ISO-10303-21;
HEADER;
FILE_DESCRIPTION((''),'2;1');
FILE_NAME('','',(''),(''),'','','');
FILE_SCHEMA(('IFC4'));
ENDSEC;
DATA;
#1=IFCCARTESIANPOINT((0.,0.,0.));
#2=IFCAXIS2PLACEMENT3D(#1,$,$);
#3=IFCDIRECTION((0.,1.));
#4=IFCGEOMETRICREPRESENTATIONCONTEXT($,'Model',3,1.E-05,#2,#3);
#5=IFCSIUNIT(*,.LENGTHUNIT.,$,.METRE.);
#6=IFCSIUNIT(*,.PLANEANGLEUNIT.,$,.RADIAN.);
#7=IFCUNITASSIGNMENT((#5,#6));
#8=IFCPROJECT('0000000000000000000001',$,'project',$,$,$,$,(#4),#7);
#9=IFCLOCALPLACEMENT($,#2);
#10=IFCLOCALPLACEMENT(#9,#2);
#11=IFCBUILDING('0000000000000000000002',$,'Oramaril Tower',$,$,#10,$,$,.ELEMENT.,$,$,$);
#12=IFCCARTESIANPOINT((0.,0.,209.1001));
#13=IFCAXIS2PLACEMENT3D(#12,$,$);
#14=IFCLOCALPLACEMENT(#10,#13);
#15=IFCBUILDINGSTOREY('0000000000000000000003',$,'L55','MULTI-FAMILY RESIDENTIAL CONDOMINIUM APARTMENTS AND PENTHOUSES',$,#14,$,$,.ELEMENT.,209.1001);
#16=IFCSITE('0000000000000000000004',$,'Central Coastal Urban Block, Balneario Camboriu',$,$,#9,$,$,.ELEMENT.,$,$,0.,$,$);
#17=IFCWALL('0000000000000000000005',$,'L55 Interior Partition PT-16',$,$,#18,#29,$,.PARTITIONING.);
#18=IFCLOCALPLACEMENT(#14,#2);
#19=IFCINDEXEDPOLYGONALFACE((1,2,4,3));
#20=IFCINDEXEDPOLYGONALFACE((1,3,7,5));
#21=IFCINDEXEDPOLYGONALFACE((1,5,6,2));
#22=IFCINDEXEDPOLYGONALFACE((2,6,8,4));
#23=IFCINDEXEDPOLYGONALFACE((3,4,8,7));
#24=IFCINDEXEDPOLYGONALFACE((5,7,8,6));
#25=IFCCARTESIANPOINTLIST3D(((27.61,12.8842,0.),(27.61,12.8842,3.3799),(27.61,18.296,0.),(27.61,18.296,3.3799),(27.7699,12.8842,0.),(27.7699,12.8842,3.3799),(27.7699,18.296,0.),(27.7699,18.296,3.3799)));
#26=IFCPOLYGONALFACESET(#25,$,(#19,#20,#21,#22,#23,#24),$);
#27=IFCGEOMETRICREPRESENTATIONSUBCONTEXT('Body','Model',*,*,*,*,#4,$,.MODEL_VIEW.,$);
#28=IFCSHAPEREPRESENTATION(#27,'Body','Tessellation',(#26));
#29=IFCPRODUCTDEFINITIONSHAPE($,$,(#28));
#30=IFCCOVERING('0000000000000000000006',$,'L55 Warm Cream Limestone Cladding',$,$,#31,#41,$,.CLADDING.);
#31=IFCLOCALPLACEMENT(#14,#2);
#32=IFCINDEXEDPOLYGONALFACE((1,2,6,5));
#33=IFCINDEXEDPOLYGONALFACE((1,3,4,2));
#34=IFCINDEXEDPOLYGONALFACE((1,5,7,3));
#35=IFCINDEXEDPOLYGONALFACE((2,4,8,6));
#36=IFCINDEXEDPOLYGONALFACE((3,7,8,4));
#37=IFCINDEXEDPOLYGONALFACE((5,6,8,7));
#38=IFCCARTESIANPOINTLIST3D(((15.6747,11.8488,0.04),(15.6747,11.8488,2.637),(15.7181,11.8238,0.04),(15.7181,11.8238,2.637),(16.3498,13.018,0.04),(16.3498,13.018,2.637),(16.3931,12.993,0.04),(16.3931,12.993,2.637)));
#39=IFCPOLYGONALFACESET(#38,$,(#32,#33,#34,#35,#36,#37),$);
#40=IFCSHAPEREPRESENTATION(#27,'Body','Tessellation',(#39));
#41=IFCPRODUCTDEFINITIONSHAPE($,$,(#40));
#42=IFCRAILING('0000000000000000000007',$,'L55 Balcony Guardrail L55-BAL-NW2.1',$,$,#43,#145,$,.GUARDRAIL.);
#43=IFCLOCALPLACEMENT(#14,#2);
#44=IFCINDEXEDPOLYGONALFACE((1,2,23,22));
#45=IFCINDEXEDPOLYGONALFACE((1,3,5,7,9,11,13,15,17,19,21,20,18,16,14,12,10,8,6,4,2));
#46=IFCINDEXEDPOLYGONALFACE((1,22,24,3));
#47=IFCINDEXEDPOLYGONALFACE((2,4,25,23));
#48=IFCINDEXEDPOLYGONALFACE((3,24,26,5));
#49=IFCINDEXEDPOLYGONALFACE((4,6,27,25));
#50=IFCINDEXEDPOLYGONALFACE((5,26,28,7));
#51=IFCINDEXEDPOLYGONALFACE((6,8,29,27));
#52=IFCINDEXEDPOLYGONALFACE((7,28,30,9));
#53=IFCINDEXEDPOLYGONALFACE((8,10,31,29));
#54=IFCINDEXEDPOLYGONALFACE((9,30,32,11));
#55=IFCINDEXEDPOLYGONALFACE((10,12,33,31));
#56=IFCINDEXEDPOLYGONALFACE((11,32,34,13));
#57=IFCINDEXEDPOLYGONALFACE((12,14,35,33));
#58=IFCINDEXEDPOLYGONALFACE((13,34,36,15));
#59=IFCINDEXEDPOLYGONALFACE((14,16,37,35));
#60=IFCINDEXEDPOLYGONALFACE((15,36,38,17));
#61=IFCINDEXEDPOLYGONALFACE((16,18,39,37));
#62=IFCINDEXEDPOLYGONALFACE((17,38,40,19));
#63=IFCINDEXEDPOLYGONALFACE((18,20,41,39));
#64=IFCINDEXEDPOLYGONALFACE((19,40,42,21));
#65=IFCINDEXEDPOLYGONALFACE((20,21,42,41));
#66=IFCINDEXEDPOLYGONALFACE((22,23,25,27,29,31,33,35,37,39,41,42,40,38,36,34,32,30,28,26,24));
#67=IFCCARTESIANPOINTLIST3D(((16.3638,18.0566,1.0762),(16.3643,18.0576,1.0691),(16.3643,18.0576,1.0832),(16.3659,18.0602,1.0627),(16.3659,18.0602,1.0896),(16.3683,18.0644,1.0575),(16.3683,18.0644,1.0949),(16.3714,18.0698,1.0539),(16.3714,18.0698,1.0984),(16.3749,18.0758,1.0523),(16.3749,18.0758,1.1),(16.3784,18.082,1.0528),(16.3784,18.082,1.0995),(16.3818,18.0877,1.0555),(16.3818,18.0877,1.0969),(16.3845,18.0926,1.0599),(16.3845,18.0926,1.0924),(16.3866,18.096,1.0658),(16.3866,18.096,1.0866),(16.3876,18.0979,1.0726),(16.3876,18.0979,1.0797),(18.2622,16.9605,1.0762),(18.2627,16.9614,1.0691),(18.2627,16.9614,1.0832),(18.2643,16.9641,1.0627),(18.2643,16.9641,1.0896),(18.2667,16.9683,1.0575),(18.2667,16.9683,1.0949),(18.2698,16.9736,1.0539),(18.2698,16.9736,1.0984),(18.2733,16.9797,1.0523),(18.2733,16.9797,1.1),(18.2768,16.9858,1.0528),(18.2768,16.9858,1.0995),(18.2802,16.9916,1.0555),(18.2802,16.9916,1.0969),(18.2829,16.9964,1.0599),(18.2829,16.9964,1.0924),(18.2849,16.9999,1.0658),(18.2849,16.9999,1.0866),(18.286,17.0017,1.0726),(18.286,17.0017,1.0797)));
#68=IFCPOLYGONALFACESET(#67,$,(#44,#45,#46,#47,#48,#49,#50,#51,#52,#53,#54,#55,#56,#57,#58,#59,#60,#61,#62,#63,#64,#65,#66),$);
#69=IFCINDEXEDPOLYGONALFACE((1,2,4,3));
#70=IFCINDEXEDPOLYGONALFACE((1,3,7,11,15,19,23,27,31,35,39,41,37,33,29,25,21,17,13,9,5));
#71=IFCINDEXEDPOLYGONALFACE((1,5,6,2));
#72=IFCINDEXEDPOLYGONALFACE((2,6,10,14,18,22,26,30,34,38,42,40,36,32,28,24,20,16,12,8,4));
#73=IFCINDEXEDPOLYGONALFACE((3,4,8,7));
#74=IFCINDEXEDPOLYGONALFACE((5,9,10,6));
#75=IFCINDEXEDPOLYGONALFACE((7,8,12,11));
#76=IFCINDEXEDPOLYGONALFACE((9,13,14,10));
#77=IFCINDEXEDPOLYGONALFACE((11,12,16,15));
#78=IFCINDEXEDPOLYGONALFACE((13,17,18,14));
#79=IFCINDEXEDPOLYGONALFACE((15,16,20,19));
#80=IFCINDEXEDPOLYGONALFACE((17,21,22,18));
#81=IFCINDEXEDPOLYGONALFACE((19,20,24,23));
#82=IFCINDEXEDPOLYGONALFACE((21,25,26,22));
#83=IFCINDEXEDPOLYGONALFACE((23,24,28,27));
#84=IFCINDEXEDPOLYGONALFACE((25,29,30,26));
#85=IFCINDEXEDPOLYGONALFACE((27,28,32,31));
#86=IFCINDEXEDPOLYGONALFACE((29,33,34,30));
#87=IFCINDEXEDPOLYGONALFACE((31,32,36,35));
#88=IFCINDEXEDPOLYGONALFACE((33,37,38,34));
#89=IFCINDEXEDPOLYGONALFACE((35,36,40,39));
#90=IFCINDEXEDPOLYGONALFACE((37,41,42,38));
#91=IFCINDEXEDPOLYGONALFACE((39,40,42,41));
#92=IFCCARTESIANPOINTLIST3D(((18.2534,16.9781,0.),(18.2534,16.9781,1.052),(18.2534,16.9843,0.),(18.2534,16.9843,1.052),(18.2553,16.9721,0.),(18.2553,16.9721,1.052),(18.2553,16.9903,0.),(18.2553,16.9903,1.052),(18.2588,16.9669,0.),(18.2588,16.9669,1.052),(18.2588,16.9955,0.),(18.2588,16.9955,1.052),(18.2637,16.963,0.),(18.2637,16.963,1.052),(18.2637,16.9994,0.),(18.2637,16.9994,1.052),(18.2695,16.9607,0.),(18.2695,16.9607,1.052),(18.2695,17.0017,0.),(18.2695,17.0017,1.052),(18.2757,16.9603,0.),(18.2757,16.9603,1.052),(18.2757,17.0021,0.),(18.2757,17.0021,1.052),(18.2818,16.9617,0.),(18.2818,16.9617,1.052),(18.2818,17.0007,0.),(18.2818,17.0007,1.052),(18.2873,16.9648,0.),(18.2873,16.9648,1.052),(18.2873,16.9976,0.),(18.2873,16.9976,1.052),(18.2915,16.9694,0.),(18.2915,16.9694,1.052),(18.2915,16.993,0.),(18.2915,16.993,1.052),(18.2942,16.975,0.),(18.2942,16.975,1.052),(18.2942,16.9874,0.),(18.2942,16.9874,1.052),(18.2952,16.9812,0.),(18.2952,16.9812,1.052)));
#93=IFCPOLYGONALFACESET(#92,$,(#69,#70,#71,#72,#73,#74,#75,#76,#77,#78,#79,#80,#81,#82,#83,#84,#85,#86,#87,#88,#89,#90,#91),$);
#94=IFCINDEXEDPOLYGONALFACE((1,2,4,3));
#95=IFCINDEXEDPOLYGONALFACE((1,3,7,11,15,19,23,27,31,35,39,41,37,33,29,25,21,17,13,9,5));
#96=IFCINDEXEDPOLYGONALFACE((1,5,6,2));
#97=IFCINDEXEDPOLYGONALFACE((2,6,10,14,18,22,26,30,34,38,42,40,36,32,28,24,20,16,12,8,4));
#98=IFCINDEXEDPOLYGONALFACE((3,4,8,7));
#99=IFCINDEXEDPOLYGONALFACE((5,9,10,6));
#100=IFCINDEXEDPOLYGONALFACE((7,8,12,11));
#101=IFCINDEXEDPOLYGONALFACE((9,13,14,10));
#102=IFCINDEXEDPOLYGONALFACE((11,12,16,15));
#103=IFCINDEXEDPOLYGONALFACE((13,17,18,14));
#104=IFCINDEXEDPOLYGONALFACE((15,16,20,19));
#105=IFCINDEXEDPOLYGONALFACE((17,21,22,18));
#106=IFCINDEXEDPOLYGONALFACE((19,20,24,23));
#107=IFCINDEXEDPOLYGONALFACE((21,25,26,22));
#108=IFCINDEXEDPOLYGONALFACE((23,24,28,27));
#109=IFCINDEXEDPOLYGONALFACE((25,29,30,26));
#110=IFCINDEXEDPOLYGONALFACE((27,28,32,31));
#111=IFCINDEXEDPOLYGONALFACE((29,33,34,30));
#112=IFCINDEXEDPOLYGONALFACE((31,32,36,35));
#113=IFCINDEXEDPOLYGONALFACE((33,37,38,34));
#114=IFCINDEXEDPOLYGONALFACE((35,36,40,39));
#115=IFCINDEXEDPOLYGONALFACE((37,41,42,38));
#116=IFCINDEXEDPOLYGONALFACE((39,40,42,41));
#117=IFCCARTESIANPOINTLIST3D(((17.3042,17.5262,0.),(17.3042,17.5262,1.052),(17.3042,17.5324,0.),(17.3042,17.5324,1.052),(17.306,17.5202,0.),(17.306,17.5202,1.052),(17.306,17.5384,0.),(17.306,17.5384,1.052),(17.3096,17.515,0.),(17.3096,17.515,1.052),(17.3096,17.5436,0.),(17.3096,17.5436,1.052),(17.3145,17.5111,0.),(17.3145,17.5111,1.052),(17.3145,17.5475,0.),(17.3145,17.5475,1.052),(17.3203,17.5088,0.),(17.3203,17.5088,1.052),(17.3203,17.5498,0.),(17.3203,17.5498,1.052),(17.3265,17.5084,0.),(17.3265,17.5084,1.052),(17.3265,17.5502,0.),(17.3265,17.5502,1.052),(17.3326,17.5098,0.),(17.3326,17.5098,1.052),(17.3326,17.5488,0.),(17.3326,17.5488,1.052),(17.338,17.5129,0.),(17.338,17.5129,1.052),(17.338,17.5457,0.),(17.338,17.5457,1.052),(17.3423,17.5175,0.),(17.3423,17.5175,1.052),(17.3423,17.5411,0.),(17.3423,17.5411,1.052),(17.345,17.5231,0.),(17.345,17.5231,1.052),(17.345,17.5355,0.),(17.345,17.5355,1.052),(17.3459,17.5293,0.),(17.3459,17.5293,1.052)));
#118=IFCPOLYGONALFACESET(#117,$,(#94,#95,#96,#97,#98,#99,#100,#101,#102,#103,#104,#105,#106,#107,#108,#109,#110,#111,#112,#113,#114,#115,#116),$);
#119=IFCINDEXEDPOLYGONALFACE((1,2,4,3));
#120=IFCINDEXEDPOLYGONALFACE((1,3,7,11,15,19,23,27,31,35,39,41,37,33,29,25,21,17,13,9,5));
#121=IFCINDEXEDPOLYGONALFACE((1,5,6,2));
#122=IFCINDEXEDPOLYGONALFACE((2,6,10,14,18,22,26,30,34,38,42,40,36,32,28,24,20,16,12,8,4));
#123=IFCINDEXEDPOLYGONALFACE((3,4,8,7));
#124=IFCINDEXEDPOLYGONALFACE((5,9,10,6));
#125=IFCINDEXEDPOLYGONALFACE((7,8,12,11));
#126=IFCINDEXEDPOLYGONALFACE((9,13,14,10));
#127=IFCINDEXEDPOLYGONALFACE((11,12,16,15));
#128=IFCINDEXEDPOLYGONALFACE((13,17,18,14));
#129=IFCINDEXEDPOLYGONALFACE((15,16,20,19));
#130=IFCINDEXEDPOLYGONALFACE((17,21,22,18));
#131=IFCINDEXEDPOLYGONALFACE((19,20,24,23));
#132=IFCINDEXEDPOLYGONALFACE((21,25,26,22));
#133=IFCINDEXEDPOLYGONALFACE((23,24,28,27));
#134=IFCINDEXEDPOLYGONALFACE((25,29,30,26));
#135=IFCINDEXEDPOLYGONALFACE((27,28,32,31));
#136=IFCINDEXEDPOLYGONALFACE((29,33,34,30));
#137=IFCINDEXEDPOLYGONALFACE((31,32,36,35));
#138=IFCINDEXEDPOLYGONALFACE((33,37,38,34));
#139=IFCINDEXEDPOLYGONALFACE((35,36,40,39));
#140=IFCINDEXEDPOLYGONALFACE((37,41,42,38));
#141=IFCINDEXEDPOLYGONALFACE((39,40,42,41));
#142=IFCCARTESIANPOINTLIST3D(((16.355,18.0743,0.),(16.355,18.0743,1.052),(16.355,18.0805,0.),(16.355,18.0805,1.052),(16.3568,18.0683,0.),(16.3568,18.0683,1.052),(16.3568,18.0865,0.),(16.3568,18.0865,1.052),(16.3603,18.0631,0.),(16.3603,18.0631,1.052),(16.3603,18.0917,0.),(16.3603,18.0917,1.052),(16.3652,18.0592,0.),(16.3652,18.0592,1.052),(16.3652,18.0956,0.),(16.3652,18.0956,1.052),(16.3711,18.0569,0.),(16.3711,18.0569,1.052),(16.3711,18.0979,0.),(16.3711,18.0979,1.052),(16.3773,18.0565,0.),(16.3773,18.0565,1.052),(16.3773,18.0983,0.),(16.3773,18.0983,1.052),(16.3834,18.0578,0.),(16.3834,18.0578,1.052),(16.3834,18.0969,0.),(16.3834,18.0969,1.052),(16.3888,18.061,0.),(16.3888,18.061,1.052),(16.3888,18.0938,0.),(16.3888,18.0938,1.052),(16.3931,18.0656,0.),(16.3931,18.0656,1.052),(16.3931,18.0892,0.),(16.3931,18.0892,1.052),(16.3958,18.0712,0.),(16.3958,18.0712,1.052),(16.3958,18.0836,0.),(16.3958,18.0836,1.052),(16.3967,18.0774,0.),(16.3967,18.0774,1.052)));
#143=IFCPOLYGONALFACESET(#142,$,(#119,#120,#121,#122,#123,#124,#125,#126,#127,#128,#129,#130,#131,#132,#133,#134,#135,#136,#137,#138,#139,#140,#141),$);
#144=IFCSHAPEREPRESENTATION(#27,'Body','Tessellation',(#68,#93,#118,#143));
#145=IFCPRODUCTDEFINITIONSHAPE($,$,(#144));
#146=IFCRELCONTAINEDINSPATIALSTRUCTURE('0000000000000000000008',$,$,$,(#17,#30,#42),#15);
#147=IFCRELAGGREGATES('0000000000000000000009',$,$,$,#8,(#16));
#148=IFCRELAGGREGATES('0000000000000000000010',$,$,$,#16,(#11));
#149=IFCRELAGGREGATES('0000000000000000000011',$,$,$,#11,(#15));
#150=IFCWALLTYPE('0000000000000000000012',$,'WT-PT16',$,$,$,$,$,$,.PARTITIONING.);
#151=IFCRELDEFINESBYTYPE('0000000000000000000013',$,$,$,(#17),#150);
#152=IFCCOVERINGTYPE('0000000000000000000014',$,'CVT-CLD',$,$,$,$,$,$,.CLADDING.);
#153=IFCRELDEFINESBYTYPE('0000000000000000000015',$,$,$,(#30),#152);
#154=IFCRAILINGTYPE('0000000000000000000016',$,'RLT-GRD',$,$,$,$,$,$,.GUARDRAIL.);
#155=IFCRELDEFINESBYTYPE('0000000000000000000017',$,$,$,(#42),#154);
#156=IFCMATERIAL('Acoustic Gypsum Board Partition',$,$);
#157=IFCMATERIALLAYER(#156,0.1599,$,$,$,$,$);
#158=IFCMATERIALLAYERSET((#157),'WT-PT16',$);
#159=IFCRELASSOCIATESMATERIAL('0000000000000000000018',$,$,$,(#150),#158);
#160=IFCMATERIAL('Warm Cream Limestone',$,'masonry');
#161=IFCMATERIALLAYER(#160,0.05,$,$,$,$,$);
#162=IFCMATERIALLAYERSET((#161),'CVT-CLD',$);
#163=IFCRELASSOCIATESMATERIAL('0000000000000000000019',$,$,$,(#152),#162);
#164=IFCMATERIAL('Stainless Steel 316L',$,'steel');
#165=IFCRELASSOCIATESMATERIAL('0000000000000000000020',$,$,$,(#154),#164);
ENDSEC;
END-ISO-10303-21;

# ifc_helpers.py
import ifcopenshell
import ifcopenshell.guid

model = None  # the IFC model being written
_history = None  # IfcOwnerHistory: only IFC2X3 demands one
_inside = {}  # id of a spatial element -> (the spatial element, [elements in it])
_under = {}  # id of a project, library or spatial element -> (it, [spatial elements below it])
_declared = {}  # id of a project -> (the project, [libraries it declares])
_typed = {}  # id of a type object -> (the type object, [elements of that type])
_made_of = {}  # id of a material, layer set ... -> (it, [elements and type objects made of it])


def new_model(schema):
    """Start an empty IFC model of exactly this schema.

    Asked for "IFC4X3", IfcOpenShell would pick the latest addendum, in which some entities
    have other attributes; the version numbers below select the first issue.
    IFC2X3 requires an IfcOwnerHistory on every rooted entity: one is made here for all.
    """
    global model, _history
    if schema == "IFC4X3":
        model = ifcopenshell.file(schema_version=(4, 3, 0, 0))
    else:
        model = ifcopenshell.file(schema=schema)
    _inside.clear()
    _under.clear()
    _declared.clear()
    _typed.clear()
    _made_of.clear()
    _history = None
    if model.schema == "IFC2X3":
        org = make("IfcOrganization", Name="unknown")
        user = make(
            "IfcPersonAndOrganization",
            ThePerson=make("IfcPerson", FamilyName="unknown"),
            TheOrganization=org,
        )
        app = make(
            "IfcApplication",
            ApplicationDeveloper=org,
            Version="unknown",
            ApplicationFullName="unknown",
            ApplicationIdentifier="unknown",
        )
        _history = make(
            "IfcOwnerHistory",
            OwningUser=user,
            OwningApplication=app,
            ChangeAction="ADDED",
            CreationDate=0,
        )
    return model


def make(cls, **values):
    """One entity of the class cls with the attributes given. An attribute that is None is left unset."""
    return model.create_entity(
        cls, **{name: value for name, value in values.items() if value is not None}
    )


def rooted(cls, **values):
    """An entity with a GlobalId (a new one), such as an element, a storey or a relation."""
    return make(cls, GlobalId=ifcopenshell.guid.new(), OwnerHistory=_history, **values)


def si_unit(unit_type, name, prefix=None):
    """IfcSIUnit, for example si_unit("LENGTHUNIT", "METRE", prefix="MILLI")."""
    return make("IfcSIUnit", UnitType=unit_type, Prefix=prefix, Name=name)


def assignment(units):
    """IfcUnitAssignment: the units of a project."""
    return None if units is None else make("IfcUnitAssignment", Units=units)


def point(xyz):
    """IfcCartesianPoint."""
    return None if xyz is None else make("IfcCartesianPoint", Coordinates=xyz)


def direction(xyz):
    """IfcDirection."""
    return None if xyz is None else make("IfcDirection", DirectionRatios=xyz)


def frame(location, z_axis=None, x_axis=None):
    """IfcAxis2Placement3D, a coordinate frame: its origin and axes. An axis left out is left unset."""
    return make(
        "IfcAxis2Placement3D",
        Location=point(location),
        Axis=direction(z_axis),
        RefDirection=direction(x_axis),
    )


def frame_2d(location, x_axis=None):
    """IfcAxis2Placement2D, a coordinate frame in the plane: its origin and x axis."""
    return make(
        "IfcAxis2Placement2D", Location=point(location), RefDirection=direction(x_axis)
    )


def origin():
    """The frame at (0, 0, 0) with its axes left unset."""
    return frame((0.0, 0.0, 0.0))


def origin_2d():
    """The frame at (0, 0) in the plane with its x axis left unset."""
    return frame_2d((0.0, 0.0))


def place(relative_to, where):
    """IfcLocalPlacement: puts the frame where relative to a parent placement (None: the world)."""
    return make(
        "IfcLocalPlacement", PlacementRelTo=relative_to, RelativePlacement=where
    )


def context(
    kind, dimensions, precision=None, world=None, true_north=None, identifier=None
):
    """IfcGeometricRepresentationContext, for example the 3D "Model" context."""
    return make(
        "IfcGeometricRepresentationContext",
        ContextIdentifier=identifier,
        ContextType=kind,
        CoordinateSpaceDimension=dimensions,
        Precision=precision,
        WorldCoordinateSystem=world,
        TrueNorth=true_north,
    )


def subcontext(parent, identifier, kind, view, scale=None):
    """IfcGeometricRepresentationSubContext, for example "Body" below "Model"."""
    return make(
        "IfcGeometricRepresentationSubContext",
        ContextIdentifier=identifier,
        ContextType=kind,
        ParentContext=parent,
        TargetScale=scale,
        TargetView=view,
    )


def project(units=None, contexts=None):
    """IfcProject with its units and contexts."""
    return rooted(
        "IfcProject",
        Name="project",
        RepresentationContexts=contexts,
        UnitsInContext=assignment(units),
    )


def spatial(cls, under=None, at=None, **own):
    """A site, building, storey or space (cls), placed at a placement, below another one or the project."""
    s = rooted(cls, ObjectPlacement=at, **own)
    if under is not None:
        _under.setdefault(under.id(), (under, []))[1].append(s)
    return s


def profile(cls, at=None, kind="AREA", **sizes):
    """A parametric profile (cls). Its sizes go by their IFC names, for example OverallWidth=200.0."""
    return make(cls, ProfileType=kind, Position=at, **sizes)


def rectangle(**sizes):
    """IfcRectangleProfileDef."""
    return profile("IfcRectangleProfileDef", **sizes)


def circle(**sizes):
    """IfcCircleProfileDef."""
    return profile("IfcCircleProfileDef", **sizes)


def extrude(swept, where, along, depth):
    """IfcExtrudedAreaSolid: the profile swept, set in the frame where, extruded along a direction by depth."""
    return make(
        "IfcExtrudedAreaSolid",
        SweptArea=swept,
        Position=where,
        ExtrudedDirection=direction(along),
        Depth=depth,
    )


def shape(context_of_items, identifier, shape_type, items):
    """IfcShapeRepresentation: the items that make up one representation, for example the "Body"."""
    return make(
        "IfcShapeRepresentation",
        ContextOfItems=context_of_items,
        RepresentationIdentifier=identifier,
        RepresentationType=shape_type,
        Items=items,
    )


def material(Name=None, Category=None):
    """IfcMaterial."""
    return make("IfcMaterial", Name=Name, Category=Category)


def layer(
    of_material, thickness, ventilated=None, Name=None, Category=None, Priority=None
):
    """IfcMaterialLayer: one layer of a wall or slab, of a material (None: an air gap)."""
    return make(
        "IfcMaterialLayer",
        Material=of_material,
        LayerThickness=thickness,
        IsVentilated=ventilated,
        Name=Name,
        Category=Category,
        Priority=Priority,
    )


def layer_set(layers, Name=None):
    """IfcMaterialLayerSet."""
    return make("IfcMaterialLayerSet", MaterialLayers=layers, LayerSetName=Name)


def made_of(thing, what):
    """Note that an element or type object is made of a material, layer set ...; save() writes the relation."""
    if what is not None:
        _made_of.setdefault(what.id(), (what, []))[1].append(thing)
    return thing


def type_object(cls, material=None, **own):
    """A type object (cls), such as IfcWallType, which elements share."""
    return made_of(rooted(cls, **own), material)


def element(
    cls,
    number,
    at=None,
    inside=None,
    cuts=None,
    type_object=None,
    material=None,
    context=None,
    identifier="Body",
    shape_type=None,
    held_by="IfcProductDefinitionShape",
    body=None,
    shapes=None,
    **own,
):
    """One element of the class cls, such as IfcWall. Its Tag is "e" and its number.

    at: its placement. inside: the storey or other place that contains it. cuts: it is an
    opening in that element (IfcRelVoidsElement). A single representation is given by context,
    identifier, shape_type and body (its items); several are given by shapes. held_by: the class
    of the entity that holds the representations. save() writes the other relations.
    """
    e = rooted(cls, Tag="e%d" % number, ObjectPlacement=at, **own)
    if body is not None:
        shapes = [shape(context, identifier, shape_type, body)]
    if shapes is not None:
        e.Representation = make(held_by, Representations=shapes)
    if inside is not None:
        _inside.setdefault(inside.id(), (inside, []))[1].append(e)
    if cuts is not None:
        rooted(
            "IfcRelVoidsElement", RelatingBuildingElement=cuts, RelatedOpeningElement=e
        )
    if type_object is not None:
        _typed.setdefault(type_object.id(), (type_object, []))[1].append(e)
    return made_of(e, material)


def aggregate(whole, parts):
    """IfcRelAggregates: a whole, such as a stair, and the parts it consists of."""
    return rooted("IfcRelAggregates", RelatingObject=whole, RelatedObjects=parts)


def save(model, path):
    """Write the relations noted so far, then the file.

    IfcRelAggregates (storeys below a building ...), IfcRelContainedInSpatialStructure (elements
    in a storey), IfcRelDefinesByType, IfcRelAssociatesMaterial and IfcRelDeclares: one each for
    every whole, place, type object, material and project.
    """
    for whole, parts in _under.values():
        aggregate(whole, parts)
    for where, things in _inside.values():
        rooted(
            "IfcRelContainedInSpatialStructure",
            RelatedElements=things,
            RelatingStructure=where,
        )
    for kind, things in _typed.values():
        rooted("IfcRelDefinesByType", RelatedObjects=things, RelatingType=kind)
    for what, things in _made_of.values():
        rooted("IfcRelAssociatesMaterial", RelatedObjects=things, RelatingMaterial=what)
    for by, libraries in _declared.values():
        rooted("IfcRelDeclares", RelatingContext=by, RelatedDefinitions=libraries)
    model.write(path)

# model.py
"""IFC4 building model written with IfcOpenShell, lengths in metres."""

from ifc_helpers import new_model, si_unit, direction, frame, frame_2d, origin, origin_2d, place, context, subcontext, project, spatial, rectangle, circle, extrude, material, layer, layer_set, type_object, element, save


model = new_model("IFC4")

# Units and contexts
model_context = context("Model", 3, precision=1e-05, world=origin(), true_north=direction((0.0, 1.0)))
body_context = subcontext(model_context, "Body", "Model", "MODEL_VIEW")
ifc_project = project(units=[si_unit("LENGTHUNIT", "METRE"), si_unit("PLANEANGLEUNIT", "RADIAN")], contexts=[model_context])

# Site, building, storey
site_placement = place(None, origin())
site = spatial("IfcSite", under=ifc_project, at=site_placement, Name="Central Coastal Urban Block, Balneario Camboriu", CompositionType="ELEMENT", RefElevation=0.0)
building_placement = place(site_placement, origin())
building = spatial("IfcBuilding", under=site, at=building_placement, Name="Oramaril Tower", CompositionType="ELEMENT")
storey_placement = place(building_placement, frame((0.0, 0.0, 209.1001)))
storey = spatial("IfcBuildingStorey", under=building, at=storey_placement, Name="L55", Description="MULTI-FAMILY RESIDENTIAL CONDOMINIUM APARTMENTS AND PENTHOUSES", CompositionType="ELEMENT", Elevation=209.1001)

# Shared definitions
ifc_material_1 = material(Name="Acoustic Gypsum Board Partition")
ifc_layer_1 = layer(ifc_material_1, 0.1599)
ifc_layer_set_1 = layer_set([ifc_layer_1], Name="WT-PT16")
wall_type_1 = type_object("IfcWallType", Name="WT-PT16", PredefinedType="PARTITIONING", material=ifc_layer_set_1)

# Wall
wall_1_placement = place(storey_placement, frame((27.6899, 12.884, 0.0), z_axis=(0.0, 0.0, 1.0), x_axis=(0.0, 1.0, 0.0)))
element("IfcWall", 1, at=wall_1_placement, inside=storey, type_object=wall_type_1, Name="L55 Interior Partition PT-16", PredefinedType="PARTITIONING", context=body_context, shape_type="SweptSolid", body=[
    extrude(rectangle(XDim=5.4119, YDim=0.1599, at=frame_2d((2.7061, 0.0))), origin(), (0.0, 0.0, 1.0), 3.3799),
])

# Covering
ifc_material_2 = material(Name="Warm Cream Limestone", Category="masonry")
ifc_layer_2 = layer(ifc_material_2, 0.05)
ifc_layer_set_2 = layer_set([ifc_layer_2], Name="CVT-CLD")
covering_type = type_object("IfcCoveringType", Name="CVT-CLD", PredefinedType="CLADDING", material=ifc_layer_set_2)
covering_placement = place(storey_placement, frame((16.0339, 12.4209, 0.04), z_axis=(0.0, 0.0, 1.0), x_axis=(-0.500002, -0.866025, 0.0)))
element("IfcCovering", 2, at=covering_placement, inside=storey, type_object=covering_type, Name="L55 Warm Cream Limestone Cladding", PredefinedType="CLADDING", context=body_context, shape_type="SweptSolid", body=[
    extrude(rectangle(XDim=1.3501, YDim=0.05, at=origin_2d()), origin(), (0.0, 0.0, 1.0), 2.5969),
])

# Railing
ifc_material_3 = material(Name="Stainless Steel 316L", Category="steel")
railing_type = type_object("IfcRailingType", Name="RLT-GRD", PredefinedType="GUARDRAIL", material=ifc_material_3)
railing_1_placement = place(storey_placement, frame((18.2742, 16.9812, 0.0)))
element("IfcRailing", 3, at=railing_1_placement, inside=storey, type_object=railing_type, Name="L55 Balcony Guardrail L55-BAL-NW2.1", PredefinedType="GUARDRAIL", context=body_context, shape_type="SweptSolid", body=[
    extrude(circle(Radius=0.0239, at=origin_2d()), frame((0.0, 0.0, 1.0762), z_axis=(-0.866, 0.500044, 0.0), x_axis=(-0.500044, -0.866, 0.0)), (0.0, 0.0, 1.0), 2.1921),
    extrude(circle(Radius=0.021, at=origin_2d()), origin(), (0.0, 0.0, 1.0), 1.052),
    extrude(circle(Radius=0.021, at=origin_2d()), frame((-0.9492, 0.5481, 0.0)), (0.0, 0.0, 1.0), 1.052),
    extrude(circle(Radius=0.021, at=origin_2d()), frame((-1.8984, 1.0962, 0.0)), (0.0, 0.0, 1.0), 1.052),
])

save(model, "model.ifc")
